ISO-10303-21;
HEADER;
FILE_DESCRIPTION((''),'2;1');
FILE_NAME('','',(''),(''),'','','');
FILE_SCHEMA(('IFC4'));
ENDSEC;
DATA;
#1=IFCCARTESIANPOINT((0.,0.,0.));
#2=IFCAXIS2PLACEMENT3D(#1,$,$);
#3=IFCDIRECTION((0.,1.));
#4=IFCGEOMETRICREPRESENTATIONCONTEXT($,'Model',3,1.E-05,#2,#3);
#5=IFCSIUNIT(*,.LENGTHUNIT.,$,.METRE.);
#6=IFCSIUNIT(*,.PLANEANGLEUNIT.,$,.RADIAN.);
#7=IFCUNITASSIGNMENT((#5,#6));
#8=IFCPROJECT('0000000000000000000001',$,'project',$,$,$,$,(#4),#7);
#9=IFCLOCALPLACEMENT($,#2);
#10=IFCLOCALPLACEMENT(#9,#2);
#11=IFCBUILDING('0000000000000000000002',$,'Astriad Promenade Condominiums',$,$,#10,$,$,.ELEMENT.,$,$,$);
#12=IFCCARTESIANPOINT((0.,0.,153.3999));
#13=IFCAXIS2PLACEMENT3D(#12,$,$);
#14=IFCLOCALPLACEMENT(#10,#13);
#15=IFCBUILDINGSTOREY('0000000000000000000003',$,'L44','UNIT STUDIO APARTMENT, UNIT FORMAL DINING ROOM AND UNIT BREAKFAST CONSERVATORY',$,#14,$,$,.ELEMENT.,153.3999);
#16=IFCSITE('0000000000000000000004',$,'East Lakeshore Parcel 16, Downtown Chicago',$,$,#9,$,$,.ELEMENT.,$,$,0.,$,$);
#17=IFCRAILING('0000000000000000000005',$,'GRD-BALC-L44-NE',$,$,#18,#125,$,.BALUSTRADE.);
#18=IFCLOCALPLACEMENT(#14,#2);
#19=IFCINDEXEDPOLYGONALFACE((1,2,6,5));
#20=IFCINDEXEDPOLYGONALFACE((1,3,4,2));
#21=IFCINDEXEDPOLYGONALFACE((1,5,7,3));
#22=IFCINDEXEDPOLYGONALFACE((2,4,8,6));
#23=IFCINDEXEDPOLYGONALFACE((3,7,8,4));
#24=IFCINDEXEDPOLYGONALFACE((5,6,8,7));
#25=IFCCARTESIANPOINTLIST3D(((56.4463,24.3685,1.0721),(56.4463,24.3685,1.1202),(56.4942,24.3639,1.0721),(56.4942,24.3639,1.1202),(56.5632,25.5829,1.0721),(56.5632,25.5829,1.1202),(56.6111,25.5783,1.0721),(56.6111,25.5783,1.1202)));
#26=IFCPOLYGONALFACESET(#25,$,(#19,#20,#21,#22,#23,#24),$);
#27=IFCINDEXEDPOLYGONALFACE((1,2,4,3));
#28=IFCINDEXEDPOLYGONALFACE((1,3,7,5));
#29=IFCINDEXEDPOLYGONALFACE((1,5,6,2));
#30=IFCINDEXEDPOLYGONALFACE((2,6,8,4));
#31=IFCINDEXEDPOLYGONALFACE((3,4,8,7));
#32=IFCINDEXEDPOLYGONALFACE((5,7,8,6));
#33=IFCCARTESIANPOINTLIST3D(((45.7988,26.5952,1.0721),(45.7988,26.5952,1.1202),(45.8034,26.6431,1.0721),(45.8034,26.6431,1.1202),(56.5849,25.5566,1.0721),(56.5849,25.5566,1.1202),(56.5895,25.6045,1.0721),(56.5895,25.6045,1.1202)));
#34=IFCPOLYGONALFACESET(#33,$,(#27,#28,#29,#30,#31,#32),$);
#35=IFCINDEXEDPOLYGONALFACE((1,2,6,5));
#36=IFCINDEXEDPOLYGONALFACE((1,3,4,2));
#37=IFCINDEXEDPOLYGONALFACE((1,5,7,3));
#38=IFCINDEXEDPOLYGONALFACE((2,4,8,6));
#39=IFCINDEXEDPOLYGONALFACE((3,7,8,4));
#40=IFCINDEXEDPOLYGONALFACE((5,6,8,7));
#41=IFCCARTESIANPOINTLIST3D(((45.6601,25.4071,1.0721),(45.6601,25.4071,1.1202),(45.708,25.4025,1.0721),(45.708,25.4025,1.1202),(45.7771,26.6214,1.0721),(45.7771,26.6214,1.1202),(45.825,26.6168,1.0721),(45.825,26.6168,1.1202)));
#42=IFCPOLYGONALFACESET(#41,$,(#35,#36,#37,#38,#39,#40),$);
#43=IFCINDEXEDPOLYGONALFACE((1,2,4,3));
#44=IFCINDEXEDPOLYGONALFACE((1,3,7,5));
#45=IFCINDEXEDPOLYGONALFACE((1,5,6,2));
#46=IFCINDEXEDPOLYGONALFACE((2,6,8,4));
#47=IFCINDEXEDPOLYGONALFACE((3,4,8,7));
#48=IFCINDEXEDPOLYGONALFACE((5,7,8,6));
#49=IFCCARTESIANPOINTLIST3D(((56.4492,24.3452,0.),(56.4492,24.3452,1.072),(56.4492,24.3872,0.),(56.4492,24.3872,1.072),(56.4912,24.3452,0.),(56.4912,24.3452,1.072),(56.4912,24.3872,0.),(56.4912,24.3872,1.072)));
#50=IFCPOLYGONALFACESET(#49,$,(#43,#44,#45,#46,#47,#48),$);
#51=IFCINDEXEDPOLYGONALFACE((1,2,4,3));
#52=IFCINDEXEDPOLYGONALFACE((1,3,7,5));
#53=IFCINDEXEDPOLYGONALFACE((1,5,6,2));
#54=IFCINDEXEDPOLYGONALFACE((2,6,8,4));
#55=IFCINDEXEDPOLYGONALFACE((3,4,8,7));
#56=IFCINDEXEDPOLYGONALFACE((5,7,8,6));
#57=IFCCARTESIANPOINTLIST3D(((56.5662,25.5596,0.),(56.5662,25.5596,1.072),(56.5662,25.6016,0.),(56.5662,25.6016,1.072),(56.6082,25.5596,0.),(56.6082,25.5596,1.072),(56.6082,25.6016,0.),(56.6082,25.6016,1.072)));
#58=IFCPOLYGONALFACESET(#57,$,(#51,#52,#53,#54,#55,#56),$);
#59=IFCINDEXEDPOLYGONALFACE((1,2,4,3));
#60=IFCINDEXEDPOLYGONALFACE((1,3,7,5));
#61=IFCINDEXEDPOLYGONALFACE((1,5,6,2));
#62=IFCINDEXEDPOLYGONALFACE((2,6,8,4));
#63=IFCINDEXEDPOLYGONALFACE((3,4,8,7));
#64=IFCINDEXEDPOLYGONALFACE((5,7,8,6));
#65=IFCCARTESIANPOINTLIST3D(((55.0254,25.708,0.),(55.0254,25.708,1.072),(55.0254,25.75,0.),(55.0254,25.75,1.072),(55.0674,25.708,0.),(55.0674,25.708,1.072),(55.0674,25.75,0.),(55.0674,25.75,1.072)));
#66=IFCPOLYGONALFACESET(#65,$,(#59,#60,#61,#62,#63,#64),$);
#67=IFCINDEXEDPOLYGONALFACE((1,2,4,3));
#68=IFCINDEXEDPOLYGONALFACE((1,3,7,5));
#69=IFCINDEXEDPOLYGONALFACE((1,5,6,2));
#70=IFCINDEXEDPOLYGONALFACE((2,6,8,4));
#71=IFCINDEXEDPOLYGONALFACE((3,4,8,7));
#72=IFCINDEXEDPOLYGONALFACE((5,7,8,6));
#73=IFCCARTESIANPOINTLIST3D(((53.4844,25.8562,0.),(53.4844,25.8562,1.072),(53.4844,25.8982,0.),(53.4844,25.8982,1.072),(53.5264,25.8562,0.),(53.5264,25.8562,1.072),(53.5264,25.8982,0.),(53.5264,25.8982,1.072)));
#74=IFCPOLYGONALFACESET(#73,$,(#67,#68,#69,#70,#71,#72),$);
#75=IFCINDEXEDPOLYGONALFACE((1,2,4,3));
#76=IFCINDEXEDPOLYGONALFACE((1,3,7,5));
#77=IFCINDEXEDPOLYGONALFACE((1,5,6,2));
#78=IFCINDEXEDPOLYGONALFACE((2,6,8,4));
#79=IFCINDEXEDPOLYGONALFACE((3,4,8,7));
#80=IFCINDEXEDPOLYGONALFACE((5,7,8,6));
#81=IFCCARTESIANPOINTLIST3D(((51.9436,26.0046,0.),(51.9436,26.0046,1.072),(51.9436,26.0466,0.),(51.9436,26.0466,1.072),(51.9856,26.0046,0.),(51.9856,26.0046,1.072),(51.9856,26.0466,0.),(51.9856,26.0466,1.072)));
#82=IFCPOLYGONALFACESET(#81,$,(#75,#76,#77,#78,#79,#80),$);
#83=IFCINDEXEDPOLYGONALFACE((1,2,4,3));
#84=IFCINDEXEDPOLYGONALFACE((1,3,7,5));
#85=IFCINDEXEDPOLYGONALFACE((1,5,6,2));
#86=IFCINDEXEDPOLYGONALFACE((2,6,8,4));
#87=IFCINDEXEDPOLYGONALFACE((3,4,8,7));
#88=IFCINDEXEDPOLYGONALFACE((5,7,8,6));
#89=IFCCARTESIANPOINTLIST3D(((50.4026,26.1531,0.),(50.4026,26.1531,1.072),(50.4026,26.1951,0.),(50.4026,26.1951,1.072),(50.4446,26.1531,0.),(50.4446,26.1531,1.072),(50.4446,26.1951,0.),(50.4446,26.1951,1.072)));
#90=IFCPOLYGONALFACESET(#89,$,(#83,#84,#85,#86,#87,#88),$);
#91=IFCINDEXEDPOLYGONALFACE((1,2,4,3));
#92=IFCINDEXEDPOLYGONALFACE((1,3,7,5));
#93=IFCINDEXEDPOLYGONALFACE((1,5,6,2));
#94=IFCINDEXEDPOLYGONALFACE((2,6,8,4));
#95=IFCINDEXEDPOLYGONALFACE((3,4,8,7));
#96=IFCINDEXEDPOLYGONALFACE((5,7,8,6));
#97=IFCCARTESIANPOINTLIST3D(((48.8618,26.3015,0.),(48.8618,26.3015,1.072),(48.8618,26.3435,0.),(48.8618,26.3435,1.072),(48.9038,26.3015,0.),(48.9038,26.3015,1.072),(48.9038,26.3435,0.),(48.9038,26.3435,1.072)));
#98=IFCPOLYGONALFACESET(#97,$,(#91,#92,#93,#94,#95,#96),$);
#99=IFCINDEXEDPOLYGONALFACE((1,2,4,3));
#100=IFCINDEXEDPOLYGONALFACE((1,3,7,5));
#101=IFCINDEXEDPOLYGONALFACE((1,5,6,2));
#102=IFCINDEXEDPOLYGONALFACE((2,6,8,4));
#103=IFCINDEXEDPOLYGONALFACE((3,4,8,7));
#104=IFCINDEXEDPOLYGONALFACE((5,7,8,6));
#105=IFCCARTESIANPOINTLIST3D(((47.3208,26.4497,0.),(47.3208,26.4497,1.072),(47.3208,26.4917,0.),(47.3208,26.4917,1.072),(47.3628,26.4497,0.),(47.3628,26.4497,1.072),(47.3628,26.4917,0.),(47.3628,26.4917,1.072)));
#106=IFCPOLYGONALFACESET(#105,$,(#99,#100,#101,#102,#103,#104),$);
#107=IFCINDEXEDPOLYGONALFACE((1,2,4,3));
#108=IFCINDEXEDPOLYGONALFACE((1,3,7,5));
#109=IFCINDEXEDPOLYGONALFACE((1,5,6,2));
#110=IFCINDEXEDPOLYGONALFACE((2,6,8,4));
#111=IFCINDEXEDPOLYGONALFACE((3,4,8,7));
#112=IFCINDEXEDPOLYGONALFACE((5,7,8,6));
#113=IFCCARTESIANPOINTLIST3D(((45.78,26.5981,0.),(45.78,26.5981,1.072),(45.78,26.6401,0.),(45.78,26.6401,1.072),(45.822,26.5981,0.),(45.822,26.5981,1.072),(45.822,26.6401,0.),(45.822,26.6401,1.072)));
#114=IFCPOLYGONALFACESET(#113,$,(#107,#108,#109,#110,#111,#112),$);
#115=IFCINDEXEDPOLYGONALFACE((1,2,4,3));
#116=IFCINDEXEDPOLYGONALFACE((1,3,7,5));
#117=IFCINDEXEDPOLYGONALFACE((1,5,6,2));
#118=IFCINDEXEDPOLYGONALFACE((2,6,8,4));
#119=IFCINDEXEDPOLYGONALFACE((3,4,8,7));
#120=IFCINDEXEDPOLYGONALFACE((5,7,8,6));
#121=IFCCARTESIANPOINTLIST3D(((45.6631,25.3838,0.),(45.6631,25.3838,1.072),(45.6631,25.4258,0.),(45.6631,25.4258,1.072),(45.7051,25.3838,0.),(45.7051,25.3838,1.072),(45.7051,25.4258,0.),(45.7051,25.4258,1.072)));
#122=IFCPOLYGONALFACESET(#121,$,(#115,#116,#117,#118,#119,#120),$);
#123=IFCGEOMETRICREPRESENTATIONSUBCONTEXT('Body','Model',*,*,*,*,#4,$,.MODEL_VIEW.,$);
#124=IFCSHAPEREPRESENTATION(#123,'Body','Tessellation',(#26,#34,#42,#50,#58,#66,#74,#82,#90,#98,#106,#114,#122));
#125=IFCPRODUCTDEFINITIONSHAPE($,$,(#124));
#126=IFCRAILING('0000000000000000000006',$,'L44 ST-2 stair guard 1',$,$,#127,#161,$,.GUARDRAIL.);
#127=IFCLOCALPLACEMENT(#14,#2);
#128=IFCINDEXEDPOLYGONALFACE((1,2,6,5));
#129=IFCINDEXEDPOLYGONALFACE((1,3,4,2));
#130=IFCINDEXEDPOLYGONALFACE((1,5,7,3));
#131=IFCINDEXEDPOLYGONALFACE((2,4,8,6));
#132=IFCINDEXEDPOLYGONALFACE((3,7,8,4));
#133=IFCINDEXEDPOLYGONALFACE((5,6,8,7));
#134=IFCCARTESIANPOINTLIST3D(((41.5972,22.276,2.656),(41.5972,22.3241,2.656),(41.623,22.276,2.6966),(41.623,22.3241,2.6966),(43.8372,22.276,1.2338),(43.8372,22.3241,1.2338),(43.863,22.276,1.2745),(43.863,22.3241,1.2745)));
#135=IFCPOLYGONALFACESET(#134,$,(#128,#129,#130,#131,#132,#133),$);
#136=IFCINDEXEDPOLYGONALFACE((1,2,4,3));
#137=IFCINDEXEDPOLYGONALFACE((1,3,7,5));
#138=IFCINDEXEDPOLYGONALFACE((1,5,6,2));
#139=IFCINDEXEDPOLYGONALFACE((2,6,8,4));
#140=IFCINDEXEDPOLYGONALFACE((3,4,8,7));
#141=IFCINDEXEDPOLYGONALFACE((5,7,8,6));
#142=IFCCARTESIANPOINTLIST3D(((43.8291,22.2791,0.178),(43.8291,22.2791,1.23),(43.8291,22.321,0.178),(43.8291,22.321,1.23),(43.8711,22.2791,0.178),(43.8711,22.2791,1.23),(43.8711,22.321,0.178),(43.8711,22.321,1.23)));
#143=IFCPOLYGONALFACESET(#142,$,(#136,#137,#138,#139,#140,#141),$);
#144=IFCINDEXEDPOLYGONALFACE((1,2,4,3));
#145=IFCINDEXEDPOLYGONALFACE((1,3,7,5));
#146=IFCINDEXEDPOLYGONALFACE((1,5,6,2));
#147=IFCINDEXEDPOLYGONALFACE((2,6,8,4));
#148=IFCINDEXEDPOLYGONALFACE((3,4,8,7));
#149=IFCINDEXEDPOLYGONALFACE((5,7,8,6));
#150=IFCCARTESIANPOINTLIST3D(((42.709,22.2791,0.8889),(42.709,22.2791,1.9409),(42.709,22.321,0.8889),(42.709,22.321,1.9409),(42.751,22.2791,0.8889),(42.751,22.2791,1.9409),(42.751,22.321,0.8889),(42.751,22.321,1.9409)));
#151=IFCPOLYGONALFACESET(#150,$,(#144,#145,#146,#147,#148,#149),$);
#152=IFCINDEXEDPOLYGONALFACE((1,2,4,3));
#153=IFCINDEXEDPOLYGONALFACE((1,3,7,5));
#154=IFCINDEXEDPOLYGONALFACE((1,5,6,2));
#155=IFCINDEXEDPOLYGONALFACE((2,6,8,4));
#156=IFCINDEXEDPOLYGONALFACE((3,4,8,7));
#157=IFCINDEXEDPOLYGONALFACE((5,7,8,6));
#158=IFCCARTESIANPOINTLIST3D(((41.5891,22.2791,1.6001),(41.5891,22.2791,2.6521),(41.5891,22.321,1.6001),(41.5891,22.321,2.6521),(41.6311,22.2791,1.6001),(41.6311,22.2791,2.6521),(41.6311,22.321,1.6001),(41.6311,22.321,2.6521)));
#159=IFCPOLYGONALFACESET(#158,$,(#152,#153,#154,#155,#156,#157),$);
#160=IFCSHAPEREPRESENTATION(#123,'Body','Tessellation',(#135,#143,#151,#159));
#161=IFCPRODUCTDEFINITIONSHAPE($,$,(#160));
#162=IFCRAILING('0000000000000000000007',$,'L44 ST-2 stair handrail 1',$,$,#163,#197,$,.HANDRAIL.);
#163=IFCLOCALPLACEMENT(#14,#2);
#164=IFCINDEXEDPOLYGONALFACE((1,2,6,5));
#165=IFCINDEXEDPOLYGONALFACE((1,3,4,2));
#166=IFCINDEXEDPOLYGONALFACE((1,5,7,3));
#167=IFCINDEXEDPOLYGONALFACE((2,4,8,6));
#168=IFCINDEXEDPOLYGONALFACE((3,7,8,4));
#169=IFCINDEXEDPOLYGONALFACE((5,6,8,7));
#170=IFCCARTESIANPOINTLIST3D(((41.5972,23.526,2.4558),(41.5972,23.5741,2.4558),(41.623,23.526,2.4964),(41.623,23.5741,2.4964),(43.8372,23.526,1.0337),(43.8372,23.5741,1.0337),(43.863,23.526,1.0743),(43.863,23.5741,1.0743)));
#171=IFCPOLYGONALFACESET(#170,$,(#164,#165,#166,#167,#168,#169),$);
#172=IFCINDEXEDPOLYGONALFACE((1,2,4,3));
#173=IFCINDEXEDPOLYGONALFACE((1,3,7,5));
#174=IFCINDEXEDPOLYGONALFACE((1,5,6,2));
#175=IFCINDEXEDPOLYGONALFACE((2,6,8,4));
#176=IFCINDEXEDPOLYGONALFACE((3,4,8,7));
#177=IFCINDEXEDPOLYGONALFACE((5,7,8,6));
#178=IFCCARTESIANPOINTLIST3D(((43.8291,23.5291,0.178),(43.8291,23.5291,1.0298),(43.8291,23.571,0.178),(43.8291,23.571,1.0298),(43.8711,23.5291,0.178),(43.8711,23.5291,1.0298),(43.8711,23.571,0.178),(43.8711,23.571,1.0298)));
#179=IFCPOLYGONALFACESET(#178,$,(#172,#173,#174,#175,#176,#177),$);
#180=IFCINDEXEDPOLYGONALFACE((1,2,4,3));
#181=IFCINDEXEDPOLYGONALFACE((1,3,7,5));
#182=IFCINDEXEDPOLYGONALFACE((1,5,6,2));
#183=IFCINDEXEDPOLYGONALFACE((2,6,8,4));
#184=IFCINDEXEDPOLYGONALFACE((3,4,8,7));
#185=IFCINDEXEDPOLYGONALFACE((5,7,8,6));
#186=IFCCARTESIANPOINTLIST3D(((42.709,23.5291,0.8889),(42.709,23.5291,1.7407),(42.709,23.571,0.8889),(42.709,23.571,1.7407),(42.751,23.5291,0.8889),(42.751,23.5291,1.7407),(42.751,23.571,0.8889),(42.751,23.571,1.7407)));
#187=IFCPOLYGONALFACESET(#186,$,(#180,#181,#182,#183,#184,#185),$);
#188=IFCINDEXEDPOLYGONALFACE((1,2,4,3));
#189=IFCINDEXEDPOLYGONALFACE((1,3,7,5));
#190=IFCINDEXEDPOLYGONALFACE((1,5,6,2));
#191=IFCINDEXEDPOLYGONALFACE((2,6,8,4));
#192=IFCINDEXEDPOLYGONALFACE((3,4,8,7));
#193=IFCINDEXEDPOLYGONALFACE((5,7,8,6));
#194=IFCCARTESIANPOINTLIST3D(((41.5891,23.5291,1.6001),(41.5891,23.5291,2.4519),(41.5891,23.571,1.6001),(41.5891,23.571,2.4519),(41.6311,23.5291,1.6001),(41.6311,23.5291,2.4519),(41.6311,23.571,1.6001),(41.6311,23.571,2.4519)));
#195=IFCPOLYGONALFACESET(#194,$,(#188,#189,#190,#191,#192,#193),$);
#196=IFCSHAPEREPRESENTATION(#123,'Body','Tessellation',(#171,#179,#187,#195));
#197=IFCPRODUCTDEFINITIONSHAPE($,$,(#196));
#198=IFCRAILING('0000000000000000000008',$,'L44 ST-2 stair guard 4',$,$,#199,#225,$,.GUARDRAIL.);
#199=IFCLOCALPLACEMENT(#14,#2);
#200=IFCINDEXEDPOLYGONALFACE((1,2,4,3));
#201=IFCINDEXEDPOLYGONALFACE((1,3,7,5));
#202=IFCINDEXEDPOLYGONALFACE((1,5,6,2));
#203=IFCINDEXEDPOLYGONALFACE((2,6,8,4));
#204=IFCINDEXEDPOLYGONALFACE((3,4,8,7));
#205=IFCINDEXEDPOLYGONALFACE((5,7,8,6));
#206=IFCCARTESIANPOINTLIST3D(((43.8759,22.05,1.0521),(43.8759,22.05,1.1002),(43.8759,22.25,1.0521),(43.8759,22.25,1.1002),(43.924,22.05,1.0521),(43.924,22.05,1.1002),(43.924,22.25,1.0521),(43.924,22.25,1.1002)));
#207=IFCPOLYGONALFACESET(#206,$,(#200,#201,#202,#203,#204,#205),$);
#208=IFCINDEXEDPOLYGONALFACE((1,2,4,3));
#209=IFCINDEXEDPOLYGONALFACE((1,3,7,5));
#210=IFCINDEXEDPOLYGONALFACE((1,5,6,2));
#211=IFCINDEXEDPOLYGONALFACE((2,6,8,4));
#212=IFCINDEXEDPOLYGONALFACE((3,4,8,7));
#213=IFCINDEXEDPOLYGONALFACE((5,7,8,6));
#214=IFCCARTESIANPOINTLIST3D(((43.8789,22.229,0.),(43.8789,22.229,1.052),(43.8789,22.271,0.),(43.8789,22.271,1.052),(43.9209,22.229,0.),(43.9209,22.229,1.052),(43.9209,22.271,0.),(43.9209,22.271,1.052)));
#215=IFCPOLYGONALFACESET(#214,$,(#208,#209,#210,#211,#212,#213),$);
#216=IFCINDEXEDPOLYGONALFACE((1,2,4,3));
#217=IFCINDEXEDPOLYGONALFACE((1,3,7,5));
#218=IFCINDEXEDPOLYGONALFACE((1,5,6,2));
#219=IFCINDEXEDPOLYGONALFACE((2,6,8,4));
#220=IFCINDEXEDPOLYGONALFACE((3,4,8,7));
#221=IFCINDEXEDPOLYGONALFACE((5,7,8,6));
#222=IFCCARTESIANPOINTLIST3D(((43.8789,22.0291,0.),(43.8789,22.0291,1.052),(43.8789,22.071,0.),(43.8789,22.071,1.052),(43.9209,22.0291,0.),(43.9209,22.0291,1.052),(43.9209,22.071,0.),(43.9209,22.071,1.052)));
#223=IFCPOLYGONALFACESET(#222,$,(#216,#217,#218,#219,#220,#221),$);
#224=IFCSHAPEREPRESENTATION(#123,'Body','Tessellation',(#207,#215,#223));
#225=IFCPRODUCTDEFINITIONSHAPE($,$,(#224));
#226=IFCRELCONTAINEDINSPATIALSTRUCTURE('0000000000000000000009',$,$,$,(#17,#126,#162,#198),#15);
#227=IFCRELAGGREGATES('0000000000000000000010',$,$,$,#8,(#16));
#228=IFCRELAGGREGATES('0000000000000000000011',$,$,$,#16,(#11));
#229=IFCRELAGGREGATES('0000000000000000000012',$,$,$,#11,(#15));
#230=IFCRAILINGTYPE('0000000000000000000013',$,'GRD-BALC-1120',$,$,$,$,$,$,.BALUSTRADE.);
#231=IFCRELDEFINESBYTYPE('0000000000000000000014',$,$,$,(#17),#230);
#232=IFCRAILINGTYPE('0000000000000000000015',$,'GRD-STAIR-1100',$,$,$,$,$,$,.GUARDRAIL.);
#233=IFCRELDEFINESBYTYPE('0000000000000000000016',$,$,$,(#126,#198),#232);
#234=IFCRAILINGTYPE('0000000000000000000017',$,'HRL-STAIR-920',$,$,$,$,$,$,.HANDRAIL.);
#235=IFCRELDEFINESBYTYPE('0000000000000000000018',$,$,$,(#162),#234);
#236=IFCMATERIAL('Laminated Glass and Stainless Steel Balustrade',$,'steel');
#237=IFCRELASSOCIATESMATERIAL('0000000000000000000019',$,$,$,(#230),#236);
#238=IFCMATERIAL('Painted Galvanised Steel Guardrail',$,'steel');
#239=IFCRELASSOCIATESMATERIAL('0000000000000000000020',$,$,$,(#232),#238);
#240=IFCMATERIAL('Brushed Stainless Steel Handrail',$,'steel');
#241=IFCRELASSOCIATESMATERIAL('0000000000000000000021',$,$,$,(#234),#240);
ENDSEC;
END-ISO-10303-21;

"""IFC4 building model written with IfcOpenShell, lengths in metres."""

from ifc_helpers import new_model, si_unit, direction, frame, origin, origin_2d, place, context, subcontext, project, spatial, rectangle, extrude, source, transform, mapped, material, type_object, type_shapes, element, save


model = new_model("IFC4")

# Units and contexts
model_context = context("Model", 3, precision=1e-05, world=origin(), true_north=direction((0.0, 1.0)))
body_context = subcontext(model_context, "Body", "Model", "MODEL_VIEW")
ifc_project = project(units=[si_unit("LENGTHUNIT", "METRE"), si_unit("PLANEANGLEUNIT", "RADIAN")], contexts=[model_context])

# Site, building, storey
site_placement = place(None, origin())
site = spatial("IfcSite", under=ifc_project, at=site_placement, Name="East Lakeshore Parcel 16, Downtown Chicago", CompositionType="ELEMENT", RefElevation=0.0)
building_placement = place(site_placement, origin())
building = spatial("IfcBuilding", under=site, at=building_placement, Name="Astriad Promenade Condominiums", CompositionType="ELEMENT")
storey_placement = place(building_placement, frame((0.0, 0.0, 153.3999)))
storey = spatial("IfcBuildingStorey", under=building, at=storey_placement, Name="L44", Description="UNIT STUDIO APARTMENT, UNIT FORMAL DINING ROOM AND UNIT BREAKFAST CONSERVATORY", CompositionType="ELEMENT", Elevation=153.3999)

# Railings
ifc_material_1 = material(Name="Laminated Glass and Stainless Steel Balustrade", Category="steel")
railing_type_1 = type_object("IfcRailingType", Name="GRD-BALC-1120", PredefinedType="BALUSTRADE", material=ifc_material_1)
shared_shape_1 = source(origin(), body_context, "Body", "SweptSolid", [
    extrude(rectangle(XDim=0.0481, YDim=0.0481, at=origin_2d()), frame((0.0, 0.0, 1.0962), z_axis=(0.095857, 0.995395, 0.0), x_axis=(-0.995395, 0.095857, 0.0)), (0.0, 0.0, 1.0), 1.22),
    extrude(rectangle(XDim=0.0481, YDim=0.0481, at=origin_2d()), frame((0.1169, 1.2144, 1.0962), z_axis=(-0.995396, 0.095845, 0.0), x_axis=(-0.095845, -0.995396, 0.0)), (0.0, 0.0, 1.0), 10.8359),
    extrude(rectangle(XDim=0.0481, YDim=0.0481, at=origin_2d()), frame((-10.6692, 2.2529, 1.0962), z_axis=(-0.095857, -0.995395, 0.0), x_axis=(0.995395, -0.095857, 0.0)), (0.0, 0.0, 1.0), 1.22),
    extrude(rectangle(XDim=0.042, YDim=0.042, at=origin_2d()), origin(), (0.0, 0.0, 1.0), 1.072),
    extrude(rectangle(XDim=0.042, YDim=0.042, at=origin_2d()), frame((0.1169, 1.2144, 0.0)), (0.0, 0.0, 1.0), 1.072),
    extrude(rectangle(XDim=0.042, YDim=0.042, at=origin_2d()), frame((-1.4238, 1.3628, 0.0)), (0.0, 0.0, 1.0), 1.072),
    extrude(rectangle(XDim=0.042, YDim=0.042, at=origin_2d()), frame((-2.9648, 1.511, 0.0)), (0.0, 0.0, 1.0), 1.072),
    extrude(rectangle(XDim=0.042, YDim=0.042, at=origin_2d()), frame((-4.5056, 1.6594, 0.0)), (0.0, 0.0, 1.0), 1.072),
    extrude(rectangle(XDim=0.042, YDim=0.042, at=origin_2d()), frame((-6.0466, 1.8079, 0.0)), (0.0, 0.0, 1.0), 1.072),
    extrude(rectangle(XDim=0.042, YDim=0.042, at=origin_2d()), frame((-7.5874, 1.9563, 0.0)), (0.0, 0.0, 1.0), 1.072),
    extrude(rectangle(XDim=0.042, YDim=0.042, at=origin_2d()), frame((-9.1284, 2.1045, 0.0)), (0.0, 0.0, 1.0), 1.072),
    extrude(rectangle(XDim=0.042, YDim=0.042, at=origin_2d()), frame((-10.6692, 2.2529, 0.0)), (0.0, 0.0, 1.0), 1.072),
    extrude(rectangle(XDim=0.042, YDim=0.042, at=origin_2d()), frame((-10.7861, 1.0386, 0.0)), (0.0, 0.0, 1.0), 1.072),
])
type_shapes(railing_type_1, [shared_shape_1])
railing_1_placement = place(storey_placement, frame((56.4702, 24.3662, 0.0)))
element("IfcRailing", 1, at=railing_1_placement, inside=storey, type_object=railing_type_1, Name="GRD-BALC-L44-NE", PredefinedType="BALUSTRADE", context=body_context, shape_type="MappedRepresentation", body=[
    mapped(shared_shape_1, transform((0.0, 0.0, 0.0), scale=1.0)),
])
ifc_material_2 = material(Name="Painted Galvanised Steel Guardrail", Category="steel")
railing_type_2 = type_object("IfcRailingType", Name="GRD-STAIR-1100", PredefinedType="GUARDRAIL", material=ifc_material_2)
shared_shape_2 = source(origin(), body_context, "Body", "SweptSolid", [
    extrude(rectangle(XDim=0.0481, YDim=0.0481, at=origin_2d()), frame((0.0, 0.0, 1.0762), z_axis=(-0.844229, 0.0, 0.535982), x_axis=(0.0, -1.0, 0.0)), (0.0, 0.0, 1.0), 2.6533),
    extrude(rectangle(XDim=0.042, YDim=0.042, at=origin_2d()), origin(), (0.0, 0.0, 1.0), 1.052),
    extrude(rectangle(XDim=0.042, YDim=0.042, at=origin_2d()), frame((-1.1201, 0.0, 0.7109)), (0.0, 0.0, 1.0), 1.052),
    extrude(rectangle(XDim=0.042, YDim=0.042, at=origin_2d()), frame((-2.24, 0.0, 1.4221)), (0.0, 0.0, 1.0), 1.052),
])
railing_2_placement = place(storey_placement, frame((43.8501, 22.3, 0.178)))
element("IfcRailing", 2, at=railing_2_placement, inside=storey, type_object=railing_type_2, Name="L44 ST-2 stair guard 1", PredefinedType="GUARDRAIL", context=body_context, shape_type="MappedRepresentation", body=[
    mapped(shared_shape_2, transform((0.0, 0.0, 0.0), scale=1.0)),
])
ifc_material_3 = material(Name="Brushed Stainless Steel Handrail", Category="steel")
railing_type_3 = type_object("IfcRailingType", Name="HRL-STAIR-920", PredefinedType="HANDRAIL", material=ifc_material_3)
shared_shape_3 = source(origin(), body_context, "Body", "SweptSolid", [
    extrude(rectangle(XDim=0.0481, YDim=0.0481, at=origin_2d()), frame((0.0, 0.0, 0.876), z_axis=(-0.844229, 0.0, 0.535982), x_axis=(0.0, -1.0, 0.0)), (0.0, 0.0, 1.0), 2.6533),
    extrude(rectangle(XDim=0.042, YDim=0.042, at=origin_2d()), origin(), (0.0, 0.0, 1.0), 0.8518),
    extrude(rectangle(XDim=0.042, YDim=0.042, at=origin_2d()), frame((-1.1201, 0.0, 0.7109)), (0.0, 0.0, 1.0), 0.8518),
    extrude(rectangle(XDim=0.042, YDim=0.042, at=origin_2d()), frame((-2.24, 0.0, 1.4221)), (0.0, 0.0, 1.0), 0.8518),
])
type_shapes(railing_type_3, [shared_shape_3])
railing_3_placement = place(storey_placement, frame((43.8501, 23.55, 0.178)))
element("IfcRailing", 3, at=railing_3_placement, inside=storey, type_object=railing_type_3, Name="L44 ST-2 stair handrail 1", PredefinedType="HANDRAIL", context=body_context, shape_type="MappedRepresentation", body=[
    mapped(shared_shape_3, transform((0.0, 0.0, 0.0), scale=1.0)),
])
shared_shape_4 = source(origin(), body_context, "Body", "SweptSolid", [
    extrude(rectangle(XDim=0.0481, YDim=0.0481, at=origin_2d()), frame((0.0, 0.0, 1.0762), z_axis=(0.0, -1.0, 0.0), x_axis=(1.0, 0.0, 0.0)), (0.0, 0.0, 1.0), 0.2),
    extrude(rectangle(XDim=0.042, YDim=0.042, at=origin_2d()), origin(), (0.0, 0.0, 1.0), 1.052),
    extrude(rectangle(XDim=0.042, YDim=0.042, at=origin_2d()), frame((0.0, -0.2, 0.0)), (0.0, 0.0, 1.0), 1.052),
])
type_shapes(railing_type_2, [shared_shape_2, shared_shape_4])
railing_4_placement = place(storey_placement, frame((43.8999, 22.25, 0.0)))
element("IfcRailing", 4, at=railing_4_placement, inside=storey, type_object=railing_type_2, Name="L44 ST-2 stair guard 4", PredefinedType="GUARDRAIL", context=body_context, shape_type="MappedRepresentation", body=[
    mapped(shared_shape_4, transform((0.0, 0.0, 0.0), scale=1.0)),
])

save(model, "model.ifc")
